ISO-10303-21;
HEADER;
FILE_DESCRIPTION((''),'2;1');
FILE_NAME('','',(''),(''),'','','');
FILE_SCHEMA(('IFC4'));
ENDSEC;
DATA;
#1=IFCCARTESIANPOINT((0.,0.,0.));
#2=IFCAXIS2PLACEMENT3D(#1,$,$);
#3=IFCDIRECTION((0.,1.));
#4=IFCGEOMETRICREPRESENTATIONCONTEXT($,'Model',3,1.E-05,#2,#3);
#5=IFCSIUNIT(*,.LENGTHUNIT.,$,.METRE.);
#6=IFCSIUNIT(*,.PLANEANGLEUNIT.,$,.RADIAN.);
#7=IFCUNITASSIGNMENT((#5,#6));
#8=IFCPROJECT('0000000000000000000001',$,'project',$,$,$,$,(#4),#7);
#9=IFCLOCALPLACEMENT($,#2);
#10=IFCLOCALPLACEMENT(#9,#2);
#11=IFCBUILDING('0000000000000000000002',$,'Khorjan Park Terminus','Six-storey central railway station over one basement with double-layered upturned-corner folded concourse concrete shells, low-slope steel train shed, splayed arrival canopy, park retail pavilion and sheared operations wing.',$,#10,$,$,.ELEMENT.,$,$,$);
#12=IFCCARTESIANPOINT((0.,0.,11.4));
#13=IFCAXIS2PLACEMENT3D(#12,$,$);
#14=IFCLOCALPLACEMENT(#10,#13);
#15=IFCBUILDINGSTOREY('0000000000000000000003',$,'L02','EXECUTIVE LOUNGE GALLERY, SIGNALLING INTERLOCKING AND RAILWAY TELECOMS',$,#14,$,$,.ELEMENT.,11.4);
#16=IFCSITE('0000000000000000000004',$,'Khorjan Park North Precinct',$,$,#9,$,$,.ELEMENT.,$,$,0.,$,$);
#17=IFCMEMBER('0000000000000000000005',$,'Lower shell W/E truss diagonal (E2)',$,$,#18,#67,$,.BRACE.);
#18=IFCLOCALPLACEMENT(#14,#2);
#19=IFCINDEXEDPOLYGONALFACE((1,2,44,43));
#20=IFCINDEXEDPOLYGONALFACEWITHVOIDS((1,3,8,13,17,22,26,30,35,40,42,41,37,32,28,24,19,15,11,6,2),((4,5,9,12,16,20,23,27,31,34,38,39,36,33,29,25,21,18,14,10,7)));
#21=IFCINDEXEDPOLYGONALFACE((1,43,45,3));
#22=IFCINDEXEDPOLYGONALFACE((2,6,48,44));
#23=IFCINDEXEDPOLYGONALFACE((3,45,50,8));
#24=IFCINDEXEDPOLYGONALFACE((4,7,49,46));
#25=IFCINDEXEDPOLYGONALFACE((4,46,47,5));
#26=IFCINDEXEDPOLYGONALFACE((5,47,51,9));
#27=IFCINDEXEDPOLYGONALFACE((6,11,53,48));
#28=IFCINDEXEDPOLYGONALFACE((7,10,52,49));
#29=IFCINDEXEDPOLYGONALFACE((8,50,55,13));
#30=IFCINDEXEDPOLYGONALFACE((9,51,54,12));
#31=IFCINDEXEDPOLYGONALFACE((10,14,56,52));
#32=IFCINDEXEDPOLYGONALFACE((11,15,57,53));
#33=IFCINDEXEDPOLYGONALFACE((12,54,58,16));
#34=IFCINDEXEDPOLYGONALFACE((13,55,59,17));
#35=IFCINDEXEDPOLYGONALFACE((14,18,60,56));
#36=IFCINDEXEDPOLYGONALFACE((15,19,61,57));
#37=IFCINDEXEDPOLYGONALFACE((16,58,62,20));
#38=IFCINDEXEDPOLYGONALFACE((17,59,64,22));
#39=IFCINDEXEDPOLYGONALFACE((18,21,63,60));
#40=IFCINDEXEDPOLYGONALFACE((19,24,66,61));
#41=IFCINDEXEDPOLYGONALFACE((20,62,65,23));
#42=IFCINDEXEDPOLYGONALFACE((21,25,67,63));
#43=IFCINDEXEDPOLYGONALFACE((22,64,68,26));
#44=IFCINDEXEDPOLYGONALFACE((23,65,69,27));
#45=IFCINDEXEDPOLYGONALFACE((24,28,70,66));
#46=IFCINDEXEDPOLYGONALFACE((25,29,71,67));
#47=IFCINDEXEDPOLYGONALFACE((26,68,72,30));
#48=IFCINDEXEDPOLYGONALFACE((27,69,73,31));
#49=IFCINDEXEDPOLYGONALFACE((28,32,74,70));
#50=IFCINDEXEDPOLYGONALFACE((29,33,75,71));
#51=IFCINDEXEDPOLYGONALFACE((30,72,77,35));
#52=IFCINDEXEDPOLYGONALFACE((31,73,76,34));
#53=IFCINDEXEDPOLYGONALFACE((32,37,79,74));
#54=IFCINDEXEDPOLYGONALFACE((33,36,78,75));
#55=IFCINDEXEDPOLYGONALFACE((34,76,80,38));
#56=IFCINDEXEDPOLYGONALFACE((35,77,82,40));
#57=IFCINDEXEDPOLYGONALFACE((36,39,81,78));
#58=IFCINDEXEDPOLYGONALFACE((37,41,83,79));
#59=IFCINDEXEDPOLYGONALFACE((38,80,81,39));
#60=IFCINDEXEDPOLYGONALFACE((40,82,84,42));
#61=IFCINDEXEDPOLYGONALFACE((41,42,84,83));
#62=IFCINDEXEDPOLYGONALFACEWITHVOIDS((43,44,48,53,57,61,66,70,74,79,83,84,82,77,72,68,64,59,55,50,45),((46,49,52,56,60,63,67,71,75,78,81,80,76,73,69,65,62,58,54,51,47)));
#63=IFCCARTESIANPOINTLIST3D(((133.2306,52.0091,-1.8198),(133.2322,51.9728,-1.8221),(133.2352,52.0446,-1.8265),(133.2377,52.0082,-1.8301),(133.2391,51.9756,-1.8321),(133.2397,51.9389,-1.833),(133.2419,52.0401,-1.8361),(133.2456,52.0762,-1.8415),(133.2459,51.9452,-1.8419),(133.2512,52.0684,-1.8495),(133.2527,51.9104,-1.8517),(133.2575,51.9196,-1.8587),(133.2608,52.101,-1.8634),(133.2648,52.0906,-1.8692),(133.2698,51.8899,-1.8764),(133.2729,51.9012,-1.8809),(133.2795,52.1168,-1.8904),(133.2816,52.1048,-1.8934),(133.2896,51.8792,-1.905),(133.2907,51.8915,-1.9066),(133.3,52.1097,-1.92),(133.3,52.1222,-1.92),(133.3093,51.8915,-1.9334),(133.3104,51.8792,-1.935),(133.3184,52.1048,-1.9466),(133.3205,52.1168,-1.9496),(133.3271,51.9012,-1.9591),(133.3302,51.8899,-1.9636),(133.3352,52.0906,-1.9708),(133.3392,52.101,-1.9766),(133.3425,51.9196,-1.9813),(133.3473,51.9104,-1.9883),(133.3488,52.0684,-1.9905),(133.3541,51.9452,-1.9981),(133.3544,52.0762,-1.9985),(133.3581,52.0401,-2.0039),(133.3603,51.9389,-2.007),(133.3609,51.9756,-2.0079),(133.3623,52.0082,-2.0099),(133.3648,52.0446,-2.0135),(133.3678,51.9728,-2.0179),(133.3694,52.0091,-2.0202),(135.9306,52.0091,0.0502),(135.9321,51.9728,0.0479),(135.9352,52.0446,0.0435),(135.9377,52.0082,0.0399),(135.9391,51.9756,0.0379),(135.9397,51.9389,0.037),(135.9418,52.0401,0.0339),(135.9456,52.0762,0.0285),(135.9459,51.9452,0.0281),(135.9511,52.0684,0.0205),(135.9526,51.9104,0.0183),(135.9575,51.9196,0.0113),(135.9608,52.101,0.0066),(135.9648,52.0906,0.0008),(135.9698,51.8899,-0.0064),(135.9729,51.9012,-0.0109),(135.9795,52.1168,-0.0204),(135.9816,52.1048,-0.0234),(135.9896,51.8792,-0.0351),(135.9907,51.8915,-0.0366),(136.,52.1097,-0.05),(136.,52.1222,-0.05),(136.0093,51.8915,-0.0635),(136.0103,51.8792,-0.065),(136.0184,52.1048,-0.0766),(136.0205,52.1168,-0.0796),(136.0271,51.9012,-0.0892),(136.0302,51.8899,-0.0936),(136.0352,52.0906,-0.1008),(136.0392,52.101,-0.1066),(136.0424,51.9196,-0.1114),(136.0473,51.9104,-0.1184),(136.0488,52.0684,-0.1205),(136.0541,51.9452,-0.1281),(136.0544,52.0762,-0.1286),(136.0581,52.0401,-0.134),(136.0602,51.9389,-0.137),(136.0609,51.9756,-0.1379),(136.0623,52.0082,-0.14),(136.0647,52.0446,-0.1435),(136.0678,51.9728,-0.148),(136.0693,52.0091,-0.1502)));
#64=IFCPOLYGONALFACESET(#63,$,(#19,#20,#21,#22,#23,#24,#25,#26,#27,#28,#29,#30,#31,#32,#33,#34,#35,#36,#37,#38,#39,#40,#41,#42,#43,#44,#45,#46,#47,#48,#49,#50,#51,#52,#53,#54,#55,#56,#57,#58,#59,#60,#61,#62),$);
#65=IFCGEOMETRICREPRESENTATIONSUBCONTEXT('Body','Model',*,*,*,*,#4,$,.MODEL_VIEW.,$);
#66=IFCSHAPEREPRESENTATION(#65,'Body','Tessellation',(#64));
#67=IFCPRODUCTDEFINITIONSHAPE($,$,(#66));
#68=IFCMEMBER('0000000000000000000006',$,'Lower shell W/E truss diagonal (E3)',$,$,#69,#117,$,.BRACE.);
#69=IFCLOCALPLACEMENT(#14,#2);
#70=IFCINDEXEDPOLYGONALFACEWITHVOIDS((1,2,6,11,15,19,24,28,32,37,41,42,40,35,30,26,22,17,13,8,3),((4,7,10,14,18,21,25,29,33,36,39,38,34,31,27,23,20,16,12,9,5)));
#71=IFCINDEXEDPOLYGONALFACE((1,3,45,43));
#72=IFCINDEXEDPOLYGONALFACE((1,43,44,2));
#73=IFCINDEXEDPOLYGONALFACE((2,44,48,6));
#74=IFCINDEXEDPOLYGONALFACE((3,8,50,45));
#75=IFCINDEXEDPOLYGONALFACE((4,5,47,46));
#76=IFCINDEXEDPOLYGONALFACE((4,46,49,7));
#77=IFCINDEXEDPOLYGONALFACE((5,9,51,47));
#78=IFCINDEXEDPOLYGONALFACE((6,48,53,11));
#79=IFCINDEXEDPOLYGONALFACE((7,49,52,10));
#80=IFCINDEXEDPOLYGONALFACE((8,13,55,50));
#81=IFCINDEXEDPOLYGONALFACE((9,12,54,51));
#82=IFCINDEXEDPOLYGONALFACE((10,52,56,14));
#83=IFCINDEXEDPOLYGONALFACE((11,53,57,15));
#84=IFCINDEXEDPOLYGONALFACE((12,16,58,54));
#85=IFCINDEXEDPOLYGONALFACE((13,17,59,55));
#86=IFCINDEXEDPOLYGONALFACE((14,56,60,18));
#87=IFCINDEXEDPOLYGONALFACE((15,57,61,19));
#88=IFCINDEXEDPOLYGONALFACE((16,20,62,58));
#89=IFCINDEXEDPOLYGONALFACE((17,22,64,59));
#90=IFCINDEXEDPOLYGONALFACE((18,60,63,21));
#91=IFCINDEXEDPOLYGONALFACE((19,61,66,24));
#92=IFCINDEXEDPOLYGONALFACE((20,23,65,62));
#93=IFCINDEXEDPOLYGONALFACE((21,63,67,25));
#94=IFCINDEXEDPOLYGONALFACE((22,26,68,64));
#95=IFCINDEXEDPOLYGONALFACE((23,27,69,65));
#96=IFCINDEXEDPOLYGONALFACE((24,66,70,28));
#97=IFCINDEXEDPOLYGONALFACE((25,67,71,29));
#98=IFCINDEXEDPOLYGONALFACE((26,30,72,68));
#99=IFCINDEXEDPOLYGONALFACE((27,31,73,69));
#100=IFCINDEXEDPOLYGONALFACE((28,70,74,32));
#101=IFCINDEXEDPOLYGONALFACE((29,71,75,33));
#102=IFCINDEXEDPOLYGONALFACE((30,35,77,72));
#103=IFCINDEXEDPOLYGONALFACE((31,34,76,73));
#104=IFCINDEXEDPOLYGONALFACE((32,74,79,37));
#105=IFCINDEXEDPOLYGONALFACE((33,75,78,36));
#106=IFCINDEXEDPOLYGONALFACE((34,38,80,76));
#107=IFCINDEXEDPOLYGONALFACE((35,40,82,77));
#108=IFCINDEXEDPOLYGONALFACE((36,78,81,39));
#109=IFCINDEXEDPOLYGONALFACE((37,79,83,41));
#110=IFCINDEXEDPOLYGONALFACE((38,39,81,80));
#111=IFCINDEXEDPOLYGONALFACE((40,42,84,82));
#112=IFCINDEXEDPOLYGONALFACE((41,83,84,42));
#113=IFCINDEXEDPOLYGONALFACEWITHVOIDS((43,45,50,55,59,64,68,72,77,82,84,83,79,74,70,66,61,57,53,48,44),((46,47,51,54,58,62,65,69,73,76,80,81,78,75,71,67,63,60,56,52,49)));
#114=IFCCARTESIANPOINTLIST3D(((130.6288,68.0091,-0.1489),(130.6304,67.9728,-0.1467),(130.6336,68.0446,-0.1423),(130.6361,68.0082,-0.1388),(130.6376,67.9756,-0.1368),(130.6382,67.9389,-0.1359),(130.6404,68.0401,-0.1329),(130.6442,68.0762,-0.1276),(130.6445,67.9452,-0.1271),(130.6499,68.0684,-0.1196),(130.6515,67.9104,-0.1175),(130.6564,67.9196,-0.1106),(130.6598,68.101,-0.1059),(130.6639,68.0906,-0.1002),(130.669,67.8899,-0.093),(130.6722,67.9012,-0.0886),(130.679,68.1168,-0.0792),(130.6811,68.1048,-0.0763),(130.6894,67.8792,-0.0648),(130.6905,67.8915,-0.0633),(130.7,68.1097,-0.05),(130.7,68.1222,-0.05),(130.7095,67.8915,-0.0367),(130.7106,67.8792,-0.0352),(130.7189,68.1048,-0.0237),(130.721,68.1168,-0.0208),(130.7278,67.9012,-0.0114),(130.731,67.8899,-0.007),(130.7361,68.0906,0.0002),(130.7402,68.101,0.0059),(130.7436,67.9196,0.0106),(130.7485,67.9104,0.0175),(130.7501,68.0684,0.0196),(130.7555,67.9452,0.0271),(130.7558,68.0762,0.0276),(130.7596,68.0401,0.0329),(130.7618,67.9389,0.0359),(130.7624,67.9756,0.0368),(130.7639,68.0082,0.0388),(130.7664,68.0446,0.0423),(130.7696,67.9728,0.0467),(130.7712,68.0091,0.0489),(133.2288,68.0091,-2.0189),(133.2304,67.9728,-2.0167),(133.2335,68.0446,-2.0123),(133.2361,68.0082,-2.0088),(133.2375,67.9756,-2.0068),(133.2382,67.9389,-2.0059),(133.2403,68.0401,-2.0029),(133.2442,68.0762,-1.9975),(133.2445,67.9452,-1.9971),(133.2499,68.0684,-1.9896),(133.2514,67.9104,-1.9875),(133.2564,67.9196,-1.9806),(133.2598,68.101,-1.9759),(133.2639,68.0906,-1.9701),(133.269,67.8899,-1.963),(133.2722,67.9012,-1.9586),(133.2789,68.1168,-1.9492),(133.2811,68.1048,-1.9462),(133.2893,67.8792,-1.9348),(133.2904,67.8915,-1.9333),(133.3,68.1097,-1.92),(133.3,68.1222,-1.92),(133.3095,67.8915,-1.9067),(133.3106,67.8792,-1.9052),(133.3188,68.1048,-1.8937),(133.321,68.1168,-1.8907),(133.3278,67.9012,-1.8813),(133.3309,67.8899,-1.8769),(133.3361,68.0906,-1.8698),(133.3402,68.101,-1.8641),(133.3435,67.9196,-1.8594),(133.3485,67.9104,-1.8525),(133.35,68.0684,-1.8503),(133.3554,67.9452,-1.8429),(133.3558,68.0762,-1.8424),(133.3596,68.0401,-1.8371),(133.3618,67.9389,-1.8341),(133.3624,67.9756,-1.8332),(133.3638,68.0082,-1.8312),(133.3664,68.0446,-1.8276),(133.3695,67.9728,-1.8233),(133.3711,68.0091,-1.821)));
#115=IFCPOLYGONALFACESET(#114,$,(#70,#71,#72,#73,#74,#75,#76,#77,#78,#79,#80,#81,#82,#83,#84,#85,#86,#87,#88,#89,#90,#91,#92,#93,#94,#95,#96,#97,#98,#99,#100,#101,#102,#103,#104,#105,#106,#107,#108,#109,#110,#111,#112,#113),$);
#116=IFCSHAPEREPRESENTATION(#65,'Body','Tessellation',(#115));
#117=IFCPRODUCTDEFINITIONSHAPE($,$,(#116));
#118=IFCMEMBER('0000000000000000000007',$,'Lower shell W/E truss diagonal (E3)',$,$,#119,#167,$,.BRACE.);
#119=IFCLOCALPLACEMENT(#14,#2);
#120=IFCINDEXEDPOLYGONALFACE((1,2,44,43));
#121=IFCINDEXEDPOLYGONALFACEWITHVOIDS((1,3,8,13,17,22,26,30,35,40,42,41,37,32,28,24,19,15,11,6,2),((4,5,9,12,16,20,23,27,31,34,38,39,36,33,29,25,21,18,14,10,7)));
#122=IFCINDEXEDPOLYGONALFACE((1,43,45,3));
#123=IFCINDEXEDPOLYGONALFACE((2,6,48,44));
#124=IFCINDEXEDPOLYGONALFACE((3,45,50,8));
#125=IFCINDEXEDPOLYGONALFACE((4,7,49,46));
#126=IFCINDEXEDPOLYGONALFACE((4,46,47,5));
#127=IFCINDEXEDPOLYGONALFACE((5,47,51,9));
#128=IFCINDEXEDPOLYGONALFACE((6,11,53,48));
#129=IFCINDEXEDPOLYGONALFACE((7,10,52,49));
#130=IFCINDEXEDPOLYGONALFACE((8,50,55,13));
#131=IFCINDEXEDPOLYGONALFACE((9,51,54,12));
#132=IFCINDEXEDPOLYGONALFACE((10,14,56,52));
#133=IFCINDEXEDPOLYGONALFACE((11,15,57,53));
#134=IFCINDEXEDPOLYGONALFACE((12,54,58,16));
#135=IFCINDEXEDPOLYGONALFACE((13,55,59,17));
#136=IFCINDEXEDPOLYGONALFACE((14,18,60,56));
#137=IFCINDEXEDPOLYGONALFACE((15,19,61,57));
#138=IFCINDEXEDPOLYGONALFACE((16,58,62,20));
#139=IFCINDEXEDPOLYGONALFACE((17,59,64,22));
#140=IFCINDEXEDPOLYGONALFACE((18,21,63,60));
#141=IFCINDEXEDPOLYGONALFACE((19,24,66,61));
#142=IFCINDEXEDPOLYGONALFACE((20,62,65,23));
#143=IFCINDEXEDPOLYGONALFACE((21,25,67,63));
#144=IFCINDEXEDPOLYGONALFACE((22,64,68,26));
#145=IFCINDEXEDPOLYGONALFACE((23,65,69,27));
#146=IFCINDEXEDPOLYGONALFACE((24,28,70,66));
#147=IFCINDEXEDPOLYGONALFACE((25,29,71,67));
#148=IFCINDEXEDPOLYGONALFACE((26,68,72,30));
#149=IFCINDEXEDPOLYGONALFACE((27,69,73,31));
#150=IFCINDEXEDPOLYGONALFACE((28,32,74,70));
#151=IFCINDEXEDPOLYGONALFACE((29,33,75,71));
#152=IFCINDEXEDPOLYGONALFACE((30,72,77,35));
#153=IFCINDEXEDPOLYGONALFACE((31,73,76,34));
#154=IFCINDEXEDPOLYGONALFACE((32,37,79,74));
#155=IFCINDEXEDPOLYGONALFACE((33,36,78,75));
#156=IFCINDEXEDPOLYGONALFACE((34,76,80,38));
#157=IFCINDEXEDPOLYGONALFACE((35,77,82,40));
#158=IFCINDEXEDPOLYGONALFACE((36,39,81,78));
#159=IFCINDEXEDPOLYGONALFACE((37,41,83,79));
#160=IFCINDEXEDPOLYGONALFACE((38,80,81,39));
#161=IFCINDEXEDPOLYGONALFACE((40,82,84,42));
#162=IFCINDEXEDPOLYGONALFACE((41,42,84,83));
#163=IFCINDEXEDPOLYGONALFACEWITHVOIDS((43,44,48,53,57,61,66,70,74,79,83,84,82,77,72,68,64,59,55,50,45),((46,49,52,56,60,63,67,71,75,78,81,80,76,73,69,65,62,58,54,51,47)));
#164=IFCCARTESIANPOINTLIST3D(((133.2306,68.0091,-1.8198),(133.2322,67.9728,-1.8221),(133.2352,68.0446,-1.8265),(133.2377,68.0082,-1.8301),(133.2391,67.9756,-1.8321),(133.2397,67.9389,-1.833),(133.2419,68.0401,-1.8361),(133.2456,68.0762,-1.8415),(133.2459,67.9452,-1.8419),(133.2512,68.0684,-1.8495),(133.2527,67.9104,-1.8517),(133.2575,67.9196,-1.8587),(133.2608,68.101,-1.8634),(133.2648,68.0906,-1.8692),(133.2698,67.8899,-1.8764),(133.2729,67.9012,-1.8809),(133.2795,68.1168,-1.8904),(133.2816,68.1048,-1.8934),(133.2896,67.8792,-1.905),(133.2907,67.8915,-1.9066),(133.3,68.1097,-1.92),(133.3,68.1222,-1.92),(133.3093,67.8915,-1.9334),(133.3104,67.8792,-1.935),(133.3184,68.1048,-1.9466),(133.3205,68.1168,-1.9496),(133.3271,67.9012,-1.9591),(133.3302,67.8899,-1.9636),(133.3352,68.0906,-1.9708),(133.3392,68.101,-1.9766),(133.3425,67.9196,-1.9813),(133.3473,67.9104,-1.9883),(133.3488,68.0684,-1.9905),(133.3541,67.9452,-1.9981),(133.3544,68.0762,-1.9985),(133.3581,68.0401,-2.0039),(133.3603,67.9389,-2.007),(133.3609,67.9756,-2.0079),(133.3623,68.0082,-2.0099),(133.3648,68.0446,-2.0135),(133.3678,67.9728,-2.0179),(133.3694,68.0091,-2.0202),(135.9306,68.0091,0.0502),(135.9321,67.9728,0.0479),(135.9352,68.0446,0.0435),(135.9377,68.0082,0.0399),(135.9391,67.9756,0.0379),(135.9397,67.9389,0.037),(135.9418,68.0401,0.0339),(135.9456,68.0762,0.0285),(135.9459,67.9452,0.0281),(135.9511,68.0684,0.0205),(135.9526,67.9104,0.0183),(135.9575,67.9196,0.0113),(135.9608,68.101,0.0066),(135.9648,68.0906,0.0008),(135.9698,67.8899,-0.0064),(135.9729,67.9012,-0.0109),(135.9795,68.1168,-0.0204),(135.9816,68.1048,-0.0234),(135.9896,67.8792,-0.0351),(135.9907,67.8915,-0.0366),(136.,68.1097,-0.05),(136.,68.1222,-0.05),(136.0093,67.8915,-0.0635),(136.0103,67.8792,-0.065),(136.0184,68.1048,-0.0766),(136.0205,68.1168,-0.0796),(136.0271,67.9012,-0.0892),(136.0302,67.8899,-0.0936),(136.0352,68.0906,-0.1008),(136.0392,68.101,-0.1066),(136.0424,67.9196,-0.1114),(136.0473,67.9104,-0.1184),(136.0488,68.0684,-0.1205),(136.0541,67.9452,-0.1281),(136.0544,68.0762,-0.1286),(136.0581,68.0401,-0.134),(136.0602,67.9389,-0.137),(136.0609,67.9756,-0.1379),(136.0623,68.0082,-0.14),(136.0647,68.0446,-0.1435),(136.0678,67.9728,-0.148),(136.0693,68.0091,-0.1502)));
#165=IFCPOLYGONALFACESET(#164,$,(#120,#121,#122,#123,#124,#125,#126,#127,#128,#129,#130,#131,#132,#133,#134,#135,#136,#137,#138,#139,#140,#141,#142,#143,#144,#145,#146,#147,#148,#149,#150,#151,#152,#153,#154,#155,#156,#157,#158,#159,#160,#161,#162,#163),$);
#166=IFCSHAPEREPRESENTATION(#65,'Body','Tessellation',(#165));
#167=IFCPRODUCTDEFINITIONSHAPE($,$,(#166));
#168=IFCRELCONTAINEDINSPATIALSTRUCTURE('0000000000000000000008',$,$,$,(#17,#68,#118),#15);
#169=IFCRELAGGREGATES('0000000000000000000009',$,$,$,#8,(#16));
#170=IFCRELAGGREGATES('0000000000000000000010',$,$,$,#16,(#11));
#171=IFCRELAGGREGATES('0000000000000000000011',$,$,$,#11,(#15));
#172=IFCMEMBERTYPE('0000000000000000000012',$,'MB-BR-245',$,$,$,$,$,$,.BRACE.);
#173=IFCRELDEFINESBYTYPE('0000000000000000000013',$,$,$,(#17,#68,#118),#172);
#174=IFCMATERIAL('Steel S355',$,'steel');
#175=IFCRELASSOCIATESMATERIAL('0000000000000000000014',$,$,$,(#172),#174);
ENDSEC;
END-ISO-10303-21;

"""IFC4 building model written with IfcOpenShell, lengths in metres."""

from ifc_helpers import new_model, si_unit, direction, frame, origin, origin_2d, place, context, subcontext, project, spatial, hollow_circle, extrude, material, material_profile, profile_set, type_object, element, save


model = new_model("IFC4")

# Units and contexts
model_context = context("Model", 3, precision=1e-05, world=origin(), true_north=direction((0.0, 1.0)))
body_context = subcontext(model_context, "Body", "Model", "MODEL_VIEW")
ifc_project = project(units=[si_unit("LENGTHUNIT", "METRE"), si_unit("PLANEANGLEUNIT", "RADIAN")], contexts=[model_context])

# Site, building, storey
site_placement = place(None, origin())
site = spatial("IfcSite", under=ifc_project, at=site_placement, Name="Khorjan Park North Precinct", CompositionType="ELEMENT", RefElevation=0.0)
building_placement = place(site_placement, origin())
building = spatial("IfcBuilding", under=site, at=building_placement, Name="Khorjan Park Terminus", Description="Six-storey central railway station over one basement with double-layered upturned-corner folded concourse concrete shells, low-slope steel train shed, splayed arrival canopy, park retail pavilion and sheared operations wing.", CompositionType="ELEMENT")
storey_placement = place(building_placement, frame((0.0, 0.0, 11.4)))
storey = spatial("IfcBuildingStorey", under=building, at=storey_placement, Name="L02", Description="EXECUTIVE LOUNGE GALLERY, SIGNALLING INTERLOCKING AND RAILWAY TELECOMS", CompositionType="ELEMENT", Elevation=11.4)

# Members
ifc_material_1 = material(Name="Steel S355", Category="steel")
ifc_material_profile_1 = material_profile(ifc_material_1, hollow_circle(Radius=0.1222, WallThickness=0.0125, at=origin_2d()), Name="CHS 244.5x12.5")
ifc_profile_set_1 = profile_set([ifc_material_profile_1], Name="Steel S355")
member_type_1 = type_object("IfcMemberType", Name="MB-BR-245", PredefinedType="BRACE", material=ifc_profile_set_1)
member_1_placement = place(storey_placement, frame((133.3, 52.0, -1.92), z_axis=(0.822083, 0.0, 0.569368), x_axis=(0.0, 1.0, 0.0)))
element("IfcMember", 1, at=member_1_placement, inside=storey, type_object=member_type_1, Name="Lower shell W/E truss diagonal (E2)", PredefinedType="BRACE", context=body_context, shape_type="SweptSolid", body=[
    extrude(hollow_circle(Radius=0.1222, WallThickness=0.0125, at=origin_2d()), origin(), (0.0, 0.0, 1.0), 3.2843),
])
member_2_placement = place(storey_placement, frame((130.7, 68.0, -0.05), z_axis=(0.81183, 0.0, -0.583893), x_axis=(0.0, 1.0, 0.0)))
element("IfcMember", 2, at=member_2_placement, inside=storey, type_object=member_type_1, Name="Lower shell W/E truss diagonal (E3)", PredefinedType="BRACE", context=body_context, shape_type="SweptSolid", body=[
    extrude(hollow_circle(Radius=0.1222, WallThickness=0.0125, at=origin_2d()), origin(), (0.0, 0.0, 1.0), 3.2026),
])
member_3_placement = place(storey_placement, frame((133.3, 68.0, -1.92), z_axis=(0.822083, 0.0, 0.569368), x_axis=(0.0, 1.0, 0.0)))
element("IfcMember", 3, at=member_3_placement, inside=storey, type_object=member_type_1, Name="Lower shell W/E truss diagonal (E3)", PredefinedType="BRACE", context=body_context, shape_type="SweptSolid", body=[
    extrude(hollow_circle(Radius=0.1222, WallThickness=0.0125, at=origin_2d()), origin(), (0.0, 0.0, 1.0), 3.2843),
])

save(model, "model.ifc")
